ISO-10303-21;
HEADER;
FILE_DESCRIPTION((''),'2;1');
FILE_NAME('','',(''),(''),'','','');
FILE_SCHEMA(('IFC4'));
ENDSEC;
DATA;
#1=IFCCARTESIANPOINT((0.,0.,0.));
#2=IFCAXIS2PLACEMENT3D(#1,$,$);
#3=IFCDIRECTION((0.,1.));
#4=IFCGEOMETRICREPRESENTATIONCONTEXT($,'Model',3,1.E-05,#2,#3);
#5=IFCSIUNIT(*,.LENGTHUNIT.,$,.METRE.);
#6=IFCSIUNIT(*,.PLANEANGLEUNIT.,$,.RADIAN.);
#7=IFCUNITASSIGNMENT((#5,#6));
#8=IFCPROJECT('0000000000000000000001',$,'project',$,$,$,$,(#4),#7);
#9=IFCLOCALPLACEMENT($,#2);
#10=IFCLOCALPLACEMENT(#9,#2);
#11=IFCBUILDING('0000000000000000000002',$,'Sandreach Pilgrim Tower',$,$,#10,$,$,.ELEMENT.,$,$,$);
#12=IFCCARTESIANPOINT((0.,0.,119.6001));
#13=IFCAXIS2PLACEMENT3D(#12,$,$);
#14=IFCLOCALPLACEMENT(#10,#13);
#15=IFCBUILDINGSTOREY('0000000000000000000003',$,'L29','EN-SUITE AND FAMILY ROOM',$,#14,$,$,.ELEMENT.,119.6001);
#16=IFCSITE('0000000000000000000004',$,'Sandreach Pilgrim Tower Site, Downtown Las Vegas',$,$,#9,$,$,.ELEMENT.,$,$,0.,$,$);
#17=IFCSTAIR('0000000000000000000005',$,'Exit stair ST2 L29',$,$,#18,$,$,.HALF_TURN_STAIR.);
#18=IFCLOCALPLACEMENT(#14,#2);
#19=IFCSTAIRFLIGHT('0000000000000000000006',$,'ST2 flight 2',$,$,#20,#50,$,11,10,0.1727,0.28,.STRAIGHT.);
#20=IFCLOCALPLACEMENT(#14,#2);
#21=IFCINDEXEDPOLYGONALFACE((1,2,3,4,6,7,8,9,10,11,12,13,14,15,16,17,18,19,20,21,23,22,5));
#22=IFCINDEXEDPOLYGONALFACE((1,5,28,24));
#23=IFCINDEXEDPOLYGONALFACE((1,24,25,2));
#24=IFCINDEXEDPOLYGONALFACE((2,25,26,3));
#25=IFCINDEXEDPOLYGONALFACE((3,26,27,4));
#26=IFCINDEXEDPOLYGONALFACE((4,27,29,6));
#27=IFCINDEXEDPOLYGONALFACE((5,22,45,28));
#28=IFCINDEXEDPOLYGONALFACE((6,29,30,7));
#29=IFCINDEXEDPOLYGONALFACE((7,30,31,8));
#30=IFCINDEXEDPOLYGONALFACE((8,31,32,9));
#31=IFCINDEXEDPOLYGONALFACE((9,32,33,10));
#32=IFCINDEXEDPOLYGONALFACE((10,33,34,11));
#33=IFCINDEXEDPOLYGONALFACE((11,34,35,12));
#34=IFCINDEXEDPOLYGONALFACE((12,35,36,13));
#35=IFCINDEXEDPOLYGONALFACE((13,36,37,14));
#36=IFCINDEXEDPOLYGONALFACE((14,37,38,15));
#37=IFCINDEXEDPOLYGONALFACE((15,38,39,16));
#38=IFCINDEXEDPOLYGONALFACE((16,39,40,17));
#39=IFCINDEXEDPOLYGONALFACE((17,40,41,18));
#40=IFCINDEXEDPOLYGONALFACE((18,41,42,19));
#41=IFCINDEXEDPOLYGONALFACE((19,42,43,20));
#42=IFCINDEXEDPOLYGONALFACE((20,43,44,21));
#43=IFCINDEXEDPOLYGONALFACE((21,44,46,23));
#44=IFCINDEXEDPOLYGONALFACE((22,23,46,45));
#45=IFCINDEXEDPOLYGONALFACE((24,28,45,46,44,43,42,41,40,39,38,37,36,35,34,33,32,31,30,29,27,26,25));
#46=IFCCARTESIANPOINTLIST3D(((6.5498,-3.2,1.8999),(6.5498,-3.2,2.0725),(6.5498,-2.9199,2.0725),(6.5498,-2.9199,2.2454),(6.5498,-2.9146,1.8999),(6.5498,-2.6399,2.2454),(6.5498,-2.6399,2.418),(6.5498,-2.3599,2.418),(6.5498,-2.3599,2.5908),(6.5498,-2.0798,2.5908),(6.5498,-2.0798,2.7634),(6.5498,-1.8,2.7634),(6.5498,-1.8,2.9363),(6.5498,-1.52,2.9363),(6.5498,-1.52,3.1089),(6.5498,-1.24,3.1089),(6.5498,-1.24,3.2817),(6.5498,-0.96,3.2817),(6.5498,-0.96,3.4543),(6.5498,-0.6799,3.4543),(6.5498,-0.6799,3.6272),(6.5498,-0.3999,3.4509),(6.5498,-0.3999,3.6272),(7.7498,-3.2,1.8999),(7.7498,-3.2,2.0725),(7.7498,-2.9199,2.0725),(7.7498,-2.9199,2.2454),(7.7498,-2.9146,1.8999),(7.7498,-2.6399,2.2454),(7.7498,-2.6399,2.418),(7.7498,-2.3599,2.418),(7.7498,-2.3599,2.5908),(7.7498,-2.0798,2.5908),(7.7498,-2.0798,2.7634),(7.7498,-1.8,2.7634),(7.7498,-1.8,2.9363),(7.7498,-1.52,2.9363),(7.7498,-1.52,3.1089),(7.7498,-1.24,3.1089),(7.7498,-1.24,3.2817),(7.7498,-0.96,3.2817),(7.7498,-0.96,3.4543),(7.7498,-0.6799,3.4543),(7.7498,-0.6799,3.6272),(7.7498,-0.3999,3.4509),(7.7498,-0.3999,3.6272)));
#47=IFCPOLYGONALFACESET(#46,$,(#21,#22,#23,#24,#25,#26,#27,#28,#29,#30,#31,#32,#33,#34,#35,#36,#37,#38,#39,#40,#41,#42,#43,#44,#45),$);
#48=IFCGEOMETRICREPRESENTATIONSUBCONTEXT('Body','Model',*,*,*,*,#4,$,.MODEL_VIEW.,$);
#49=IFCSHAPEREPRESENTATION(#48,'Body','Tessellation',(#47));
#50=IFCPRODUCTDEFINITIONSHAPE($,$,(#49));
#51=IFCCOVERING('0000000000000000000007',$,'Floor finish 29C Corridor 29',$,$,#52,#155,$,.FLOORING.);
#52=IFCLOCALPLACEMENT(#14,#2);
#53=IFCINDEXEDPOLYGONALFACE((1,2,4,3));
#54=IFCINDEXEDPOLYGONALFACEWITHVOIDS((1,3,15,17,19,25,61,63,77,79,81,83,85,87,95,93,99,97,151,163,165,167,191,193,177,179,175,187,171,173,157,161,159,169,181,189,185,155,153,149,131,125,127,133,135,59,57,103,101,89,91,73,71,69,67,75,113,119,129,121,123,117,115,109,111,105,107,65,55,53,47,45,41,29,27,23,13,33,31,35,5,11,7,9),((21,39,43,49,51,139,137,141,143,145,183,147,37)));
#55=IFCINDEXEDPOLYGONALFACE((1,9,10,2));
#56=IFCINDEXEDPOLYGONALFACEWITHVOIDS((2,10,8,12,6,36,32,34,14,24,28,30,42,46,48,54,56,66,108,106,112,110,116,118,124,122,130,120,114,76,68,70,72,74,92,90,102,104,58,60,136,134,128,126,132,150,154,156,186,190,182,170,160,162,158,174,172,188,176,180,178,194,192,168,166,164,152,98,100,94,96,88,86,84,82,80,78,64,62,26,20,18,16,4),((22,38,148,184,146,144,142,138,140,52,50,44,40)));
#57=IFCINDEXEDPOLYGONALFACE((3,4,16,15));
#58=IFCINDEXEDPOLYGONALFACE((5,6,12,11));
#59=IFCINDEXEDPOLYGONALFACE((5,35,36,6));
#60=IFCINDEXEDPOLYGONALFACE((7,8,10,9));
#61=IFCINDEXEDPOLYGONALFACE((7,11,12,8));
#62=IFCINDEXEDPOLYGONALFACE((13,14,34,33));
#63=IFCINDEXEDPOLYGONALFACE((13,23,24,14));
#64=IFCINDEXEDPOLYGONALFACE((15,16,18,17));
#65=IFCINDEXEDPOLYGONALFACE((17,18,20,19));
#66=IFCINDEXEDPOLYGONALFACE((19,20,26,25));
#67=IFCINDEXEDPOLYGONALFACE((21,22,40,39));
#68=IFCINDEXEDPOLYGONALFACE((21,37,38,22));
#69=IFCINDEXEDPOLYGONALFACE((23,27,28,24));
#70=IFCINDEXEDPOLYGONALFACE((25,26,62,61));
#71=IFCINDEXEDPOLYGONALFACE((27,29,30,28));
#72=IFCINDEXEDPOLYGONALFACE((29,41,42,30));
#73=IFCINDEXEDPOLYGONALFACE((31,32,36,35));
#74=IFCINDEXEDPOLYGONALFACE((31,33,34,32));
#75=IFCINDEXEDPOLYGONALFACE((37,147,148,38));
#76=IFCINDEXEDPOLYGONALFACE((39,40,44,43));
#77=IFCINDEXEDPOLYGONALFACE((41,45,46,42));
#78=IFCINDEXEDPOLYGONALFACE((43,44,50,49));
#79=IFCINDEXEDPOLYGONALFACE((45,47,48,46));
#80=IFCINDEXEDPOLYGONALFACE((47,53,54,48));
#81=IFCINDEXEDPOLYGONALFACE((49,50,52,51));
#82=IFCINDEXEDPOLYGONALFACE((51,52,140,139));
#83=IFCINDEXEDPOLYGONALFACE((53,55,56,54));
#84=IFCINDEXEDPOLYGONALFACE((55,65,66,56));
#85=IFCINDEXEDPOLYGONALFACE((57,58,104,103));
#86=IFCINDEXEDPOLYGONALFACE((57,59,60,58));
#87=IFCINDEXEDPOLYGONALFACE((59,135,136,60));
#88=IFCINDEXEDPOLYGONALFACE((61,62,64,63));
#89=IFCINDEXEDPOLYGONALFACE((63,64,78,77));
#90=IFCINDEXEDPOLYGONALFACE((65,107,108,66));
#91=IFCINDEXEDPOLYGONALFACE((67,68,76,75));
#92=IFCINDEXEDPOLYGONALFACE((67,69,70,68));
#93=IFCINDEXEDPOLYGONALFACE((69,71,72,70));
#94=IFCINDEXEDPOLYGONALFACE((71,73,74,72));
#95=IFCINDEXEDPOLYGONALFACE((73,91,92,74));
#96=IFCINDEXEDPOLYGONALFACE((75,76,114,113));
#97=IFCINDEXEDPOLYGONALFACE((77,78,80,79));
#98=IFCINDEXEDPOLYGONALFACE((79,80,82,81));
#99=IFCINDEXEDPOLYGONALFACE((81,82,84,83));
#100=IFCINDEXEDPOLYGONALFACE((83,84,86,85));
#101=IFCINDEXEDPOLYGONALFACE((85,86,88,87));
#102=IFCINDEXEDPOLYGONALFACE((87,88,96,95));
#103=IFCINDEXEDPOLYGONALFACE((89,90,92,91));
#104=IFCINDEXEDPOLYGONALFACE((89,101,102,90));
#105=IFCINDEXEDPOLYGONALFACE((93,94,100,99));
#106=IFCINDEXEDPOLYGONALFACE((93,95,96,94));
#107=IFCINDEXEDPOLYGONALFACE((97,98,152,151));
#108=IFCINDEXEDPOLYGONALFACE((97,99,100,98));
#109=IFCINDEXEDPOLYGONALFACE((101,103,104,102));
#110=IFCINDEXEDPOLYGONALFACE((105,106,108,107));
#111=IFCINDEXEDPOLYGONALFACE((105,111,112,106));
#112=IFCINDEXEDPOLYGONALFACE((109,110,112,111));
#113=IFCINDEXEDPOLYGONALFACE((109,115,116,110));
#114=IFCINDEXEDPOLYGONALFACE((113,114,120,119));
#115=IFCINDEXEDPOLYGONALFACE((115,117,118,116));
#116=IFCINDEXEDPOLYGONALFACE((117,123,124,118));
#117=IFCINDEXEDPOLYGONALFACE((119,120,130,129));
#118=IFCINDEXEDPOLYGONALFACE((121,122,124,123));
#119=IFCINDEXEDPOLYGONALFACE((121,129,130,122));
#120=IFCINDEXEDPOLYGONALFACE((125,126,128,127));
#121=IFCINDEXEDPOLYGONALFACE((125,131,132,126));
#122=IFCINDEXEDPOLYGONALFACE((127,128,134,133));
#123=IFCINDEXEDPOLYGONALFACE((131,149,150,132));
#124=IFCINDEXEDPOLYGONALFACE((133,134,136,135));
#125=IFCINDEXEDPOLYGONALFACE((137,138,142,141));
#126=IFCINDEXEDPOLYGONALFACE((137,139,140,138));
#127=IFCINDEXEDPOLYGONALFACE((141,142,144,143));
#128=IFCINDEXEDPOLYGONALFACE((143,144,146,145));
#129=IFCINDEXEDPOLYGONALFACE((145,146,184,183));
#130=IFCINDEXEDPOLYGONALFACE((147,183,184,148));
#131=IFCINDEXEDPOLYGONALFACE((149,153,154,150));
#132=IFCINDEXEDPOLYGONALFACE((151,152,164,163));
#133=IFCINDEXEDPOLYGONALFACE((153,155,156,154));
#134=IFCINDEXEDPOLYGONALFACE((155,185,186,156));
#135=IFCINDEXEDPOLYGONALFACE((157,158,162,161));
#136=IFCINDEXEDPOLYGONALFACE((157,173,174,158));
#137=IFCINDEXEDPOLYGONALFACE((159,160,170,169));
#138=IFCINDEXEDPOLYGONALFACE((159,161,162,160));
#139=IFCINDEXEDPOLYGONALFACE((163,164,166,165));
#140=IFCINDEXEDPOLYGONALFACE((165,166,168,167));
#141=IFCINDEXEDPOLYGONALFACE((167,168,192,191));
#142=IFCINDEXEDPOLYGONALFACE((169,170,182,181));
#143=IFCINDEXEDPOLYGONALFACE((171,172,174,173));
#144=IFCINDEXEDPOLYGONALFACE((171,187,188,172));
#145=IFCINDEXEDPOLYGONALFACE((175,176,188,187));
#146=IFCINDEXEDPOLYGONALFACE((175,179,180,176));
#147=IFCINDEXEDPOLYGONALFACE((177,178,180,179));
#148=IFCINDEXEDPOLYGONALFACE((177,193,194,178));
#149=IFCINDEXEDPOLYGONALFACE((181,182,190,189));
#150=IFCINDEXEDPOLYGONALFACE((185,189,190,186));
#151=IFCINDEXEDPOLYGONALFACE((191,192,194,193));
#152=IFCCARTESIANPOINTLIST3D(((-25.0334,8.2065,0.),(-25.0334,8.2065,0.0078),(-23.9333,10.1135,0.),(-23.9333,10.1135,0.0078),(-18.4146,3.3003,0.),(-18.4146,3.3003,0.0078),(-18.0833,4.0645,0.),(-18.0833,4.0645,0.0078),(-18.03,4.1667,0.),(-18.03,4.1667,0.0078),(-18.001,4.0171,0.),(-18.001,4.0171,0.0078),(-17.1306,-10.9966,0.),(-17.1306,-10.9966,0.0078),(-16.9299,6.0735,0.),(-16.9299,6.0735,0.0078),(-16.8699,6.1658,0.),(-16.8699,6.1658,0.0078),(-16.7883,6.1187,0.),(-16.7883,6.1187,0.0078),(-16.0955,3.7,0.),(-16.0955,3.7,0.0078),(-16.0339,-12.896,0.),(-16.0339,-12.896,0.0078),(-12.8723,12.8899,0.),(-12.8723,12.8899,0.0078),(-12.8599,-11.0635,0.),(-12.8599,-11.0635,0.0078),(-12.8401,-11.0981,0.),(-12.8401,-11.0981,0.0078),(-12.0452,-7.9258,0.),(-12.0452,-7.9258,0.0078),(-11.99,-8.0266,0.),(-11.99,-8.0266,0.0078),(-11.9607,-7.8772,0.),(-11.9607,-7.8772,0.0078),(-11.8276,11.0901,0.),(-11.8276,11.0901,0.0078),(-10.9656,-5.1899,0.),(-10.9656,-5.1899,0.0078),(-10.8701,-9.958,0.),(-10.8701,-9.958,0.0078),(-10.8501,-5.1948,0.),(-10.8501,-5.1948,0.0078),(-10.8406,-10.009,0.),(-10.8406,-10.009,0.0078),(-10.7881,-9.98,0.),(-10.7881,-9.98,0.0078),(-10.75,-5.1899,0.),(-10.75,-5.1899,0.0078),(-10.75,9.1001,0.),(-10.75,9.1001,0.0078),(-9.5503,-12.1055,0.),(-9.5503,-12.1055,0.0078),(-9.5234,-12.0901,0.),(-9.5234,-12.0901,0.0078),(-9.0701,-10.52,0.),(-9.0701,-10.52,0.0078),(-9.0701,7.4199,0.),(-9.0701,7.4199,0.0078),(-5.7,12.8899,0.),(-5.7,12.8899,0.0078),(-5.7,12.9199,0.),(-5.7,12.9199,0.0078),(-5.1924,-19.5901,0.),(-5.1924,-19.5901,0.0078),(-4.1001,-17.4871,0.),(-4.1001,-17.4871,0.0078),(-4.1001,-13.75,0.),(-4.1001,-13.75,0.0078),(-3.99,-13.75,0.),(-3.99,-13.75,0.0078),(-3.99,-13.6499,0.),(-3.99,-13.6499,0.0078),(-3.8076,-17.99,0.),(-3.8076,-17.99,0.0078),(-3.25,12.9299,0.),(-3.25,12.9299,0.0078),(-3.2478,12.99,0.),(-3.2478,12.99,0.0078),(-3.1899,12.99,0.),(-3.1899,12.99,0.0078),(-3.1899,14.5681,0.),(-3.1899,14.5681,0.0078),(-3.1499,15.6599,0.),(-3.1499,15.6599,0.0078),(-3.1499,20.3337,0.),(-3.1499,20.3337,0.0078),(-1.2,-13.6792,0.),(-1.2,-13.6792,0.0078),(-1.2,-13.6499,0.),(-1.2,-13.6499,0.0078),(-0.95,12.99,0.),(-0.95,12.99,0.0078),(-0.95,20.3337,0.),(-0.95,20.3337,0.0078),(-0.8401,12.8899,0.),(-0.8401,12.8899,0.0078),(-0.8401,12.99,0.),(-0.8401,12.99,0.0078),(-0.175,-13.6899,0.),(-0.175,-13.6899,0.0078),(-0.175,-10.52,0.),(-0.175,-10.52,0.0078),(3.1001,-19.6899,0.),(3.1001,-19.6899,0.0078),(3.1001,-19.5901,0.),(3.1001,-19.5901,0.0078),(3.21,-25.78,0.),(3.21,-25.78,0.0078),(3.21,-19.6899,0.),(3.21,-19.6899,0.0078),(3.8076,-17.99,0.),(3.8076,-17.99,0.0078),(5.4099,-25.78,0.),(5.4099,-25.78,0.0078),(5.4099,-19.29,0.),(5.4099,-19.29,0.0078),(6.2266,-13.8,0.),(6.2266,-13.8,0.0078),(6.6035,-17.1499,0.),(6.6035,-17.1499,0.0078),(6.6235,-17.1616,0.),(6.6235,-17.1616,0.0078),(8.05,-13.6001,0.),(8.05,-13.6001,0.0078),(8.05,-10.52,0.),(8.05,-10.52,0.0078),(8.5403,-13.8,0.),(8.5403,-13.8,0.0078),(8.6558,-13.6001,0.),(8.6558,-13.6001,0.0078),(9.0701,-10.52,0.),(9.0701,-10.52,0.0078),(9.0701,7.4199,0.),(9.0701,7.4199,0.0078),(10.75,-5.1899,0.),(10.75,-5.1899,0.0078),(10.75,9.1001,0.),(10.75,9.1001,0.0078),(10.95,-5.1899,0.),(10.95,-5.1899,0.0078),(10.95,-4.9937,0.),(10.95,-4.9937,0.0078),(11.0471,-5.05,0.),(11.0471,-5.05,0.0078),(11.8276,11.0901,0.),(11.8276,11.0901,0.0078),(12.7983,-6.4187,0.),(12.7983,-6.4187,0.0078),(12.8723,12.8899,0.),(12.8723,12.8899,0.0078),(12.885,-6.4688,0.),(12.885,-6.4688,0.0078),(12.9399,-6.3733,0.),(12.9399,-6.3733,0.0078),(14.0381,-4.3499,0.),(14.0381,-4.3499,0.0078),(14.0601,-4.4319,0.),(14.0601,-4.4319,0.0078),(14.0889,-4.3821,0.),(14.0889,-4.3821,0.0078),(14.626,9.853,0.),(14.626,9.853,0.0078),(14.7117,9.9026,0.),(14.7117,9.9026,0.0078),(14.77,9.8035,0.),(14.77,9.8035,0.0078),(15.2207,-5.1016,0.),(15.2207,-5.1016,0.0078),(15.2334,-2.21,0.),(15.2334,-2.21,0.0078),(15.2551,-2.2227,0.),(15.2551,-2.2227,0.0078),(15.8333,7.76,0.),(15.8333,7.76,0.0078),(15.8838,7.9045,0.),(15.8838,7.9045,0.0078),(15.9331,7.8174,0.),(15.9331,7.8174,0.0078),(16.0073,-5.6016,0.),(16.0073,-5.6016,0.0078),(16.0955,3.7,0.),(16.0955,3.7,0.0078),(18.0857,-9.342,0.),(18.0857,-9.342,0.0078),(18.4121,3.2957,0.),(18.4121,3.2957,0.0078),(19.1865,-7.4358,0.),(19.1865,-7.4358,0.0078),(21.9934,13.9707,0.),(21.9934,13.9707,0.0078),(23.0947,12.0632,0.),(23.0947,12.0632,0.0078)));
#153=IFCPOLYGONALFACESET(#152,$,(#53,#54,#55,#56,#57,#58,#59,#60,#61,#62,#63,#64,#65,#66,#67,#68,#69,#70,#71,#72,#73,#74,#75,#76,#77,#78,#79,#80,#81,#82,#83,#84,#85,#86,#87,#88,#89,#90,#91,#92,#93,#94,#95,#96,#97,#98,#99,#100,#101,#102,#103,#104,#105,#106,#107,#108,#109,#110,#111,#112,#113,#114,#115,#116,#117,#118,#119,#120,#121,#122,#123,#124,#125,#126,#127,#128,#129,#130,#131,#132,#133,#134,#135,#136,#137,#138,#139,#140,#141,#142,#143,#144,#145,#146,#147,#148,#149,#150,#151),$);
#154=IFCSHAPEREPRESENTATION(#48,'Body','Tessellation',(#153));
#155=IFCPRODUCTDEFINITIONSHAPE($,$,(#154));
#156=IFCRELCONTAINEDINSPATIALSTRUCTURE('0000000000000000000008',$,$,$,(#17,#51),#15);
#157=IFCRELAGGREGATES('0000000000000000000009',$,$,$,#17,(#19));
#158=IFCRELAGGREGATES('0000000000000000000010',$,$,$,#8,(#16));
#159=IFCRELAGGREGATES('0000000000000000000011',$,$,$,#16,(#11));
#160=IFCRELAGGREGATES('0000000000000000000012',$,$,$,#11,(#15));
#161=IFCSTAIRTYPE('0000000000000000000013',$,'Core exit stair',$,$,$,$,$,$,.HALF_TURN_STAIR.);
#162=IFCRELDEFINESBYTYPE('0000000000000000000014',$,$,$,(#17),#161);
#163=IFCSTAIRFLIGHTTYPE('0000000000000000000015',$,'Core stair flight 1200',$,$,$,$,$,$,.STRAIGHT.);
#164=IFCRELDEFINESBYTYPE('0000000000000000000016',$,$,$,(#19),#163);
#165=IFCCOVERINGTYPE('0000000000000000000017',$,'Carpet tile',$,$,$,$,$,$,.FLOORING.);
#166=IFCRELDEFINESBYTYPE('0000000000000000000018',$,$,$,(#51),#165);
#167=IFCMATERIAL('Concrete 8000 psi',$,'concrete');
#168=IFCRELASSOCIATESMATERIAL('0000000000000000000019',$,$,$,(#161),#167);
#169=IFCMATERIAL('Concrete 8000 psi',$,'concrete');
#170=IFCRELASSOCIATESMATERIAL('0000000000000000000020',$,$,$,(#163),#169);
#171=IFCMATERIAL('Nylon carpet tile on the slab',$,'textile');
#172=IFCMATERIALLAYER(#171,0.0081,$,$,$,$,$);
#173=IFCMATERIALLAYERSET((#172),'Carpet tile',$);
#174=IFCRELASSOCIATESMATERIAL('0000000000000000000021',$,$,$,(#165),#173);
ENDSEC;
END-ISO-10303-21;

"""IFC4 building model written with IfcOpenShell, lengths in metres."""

from ifc_helpers import new_model, si_unit, direction, frame, origin, place, context, subcontext, project, spatial, polyline, outline, extrude, material, layer, layer_set, type_object, element, aggregate, save


model = new_model("IFC4")

# Units and contexts
model_context = context("Model", 3, precision=1e-05, world=origin(), true_north=direction((0.0, 1.0)))
body_context = subcontext(model_context, "Body", "Model", "MODEL_VIEW")
ifc_project = project(units=[si_unit("LENGTHUNIT", "METRE"), si_unit("PLANEANGLEUNIT", "RADIAN")], contexts=[model_context])

# Site, building, storey
site_placement = place(None, origin())
site = spatial("IfcSite", under=ifc_project, at=site_placement, Name="Sandreach Pilgrim Tower Site, Downtown Las Vegas", CompositionType="ELEMENT", RefElevation=0.0)
building_placement = place(site_placement, origin())
building = spatial("IfcBuilding", under=site, at=building_placement, Name="Sandreach Pilgrim Tower", CompositionType="ELEMENT")
storey_placement = place(building_placement, frame((0.0, 0.0, 119.6001)))
storey = spatial("IfcBuildingStorey", under=building, at=storey_placement, Name="L29", Description="EN-SUITE AND FAMILY ROOM", CompositionType="ELEMENT", Elevation=119.6001)

# Stair
ifc_material_1 = material(Name="Concrete 8000 psi", Category="concrete")
stair_type = type_object("IfcStairType", Name="Core exit stair", PredefinedType="HALF_TURN_STAIR", material=ifc_material_1)
stair_1_placement = place(storey_placement, origin())
stair_1 = element("IfcStair", 1, at=stair_1_placement, inside=storey, type_object=stair_type, Name="Exit stair ST2 L29", PredefinedType="HALF_TURN_STAIR")

# Stair flight
ifc_material_2 = material(Name="Concrete 8000 psi", Category="concrete")
stair_flight_type = type_object("IfcStairFlightType", Name="Core stair flight 1200", PredefinedType="STRAIGHT", material=ifc_material_2)
stair_flight_1_placement = place(storey_placement, frame((7.1499, -3.2, 1.8999), z_axis=(0.0, 0.0, 1.0), x_axis=(0.0, 1.0, 0.0)))
stair_flight_1 = element("IfcStairFlight", 2, at=stair_flight_1_placement, type_object=stair_flight_type, Name="ST2 flight 2", NumberOfRisers=11, NumberOfTreads=10, PredefinedType="STRAIGHT", RiserHeight=0.1727, TreadLength=0.28, context=body_context, shape_type="SweptSolid", body=[
    extrude(outline(polyline([(0.0, 0.0), (0.0, 0.1726), (0.28, 0.1726), (0.28, 0.3455), (0.5601, 0.3455), (0.5601, 0.5181), (0.8401, 0.5181), (0.8401, 0.6909), (1.1201, 0.6909), (1.1201, 0.8635), (1.3999, 0.8635), (1.3999, 1.0364), (1.6799, 1.0364), (1.6799, 1.209), (1.96, 1.209), (1.96, 1.3818), (2.24, 1.3818), (2.24, 1.5544), (2.52, 1.5544), (2.52, 1.7273), (2.8, 1.7273), (2.8, 1.8999), (2.8, 1.551), (0.2854, 0.0), (0.0, 0.0)])), frame((0.0, 0.6001, 0.0), z_axis=(0.0, -1.0, 0.0), x_axis=(1.0, 0.0, 0.0)), (0.0, 0.0, 1.0), 1.2),
])
aggregate(stair_1, [stair_flight_1])

# Covering
ifc_material_3 = material(Name="Nylon carpet tile on the slab", Category="textile")
ifc_layer_1 = layer(ifc_material_3, 0.0081)
ifc_layer_set_1 = layer_set([ifc_layer_1], Name="Carpet tile")
covering_type_1 = type_object("IfcCoveringType", Name="Carpet tile", PredefinedType="FLOORING", material=ifc_layer_set_1)
covering_1_placement = place(storey_placement, origin())
element("IfcCovering", 3, at=covering_1_placement, inside=storey, type_object=covering_type_1, Name="Floor finish 29C Corridor 29", PredefinedType="FLOORING", context=body_context, shape_type="SweptSolid", body=[
    extrude(outline(polyline([(-16.9299, 6.0735), (-16.8699, 6.1658), (-16.7883, 6.1187), (-12.8723, 12.8899), (-5.7, 12.8899), (-5.7, 12.9199), (-3.25, 12.9299), (-3.2478, 12.99), (-3.1899, 12.99), (-3.1899, 14.5681), (-3.1499, 15.6599), (-3.1499, 20.3337), (-0.95, 20.3337), (-0.95, 12.99), (-0.8401, 12.99), (-0.8401, 12.8899), (12.8723, 12.8899), (14.626, 9.853), (14.7117, 9.9026), (14.77, 9.8035), (21.9934, 13.9707), (23.0947, 12.0632), (15.8838, 7.9045), (15.9331, 7.8174), (15.8333, 7.76), (18.4121, 3.2957), (15.2334, -2.21), (15.2551, -2.2227), (14.0381, -4.3499), (14.0889, -4.3821), (14.0601, -4.4319), (15.2207, -5.1016), (16.0073, -5.6016), (19.1865, -7.4358), (18.0857, -9.342), (12.9399, -6.3733), (12.885, -6.4688), (12.7983, -6.4187), (8.6558, -13.6001), (8.05, -13.6001), (8.05, -10.52), (9.0701, -10.52), (9.0701, 7.4199), (-9.0701, 7.4199), (-9.0701, -10.52), (-0.175, -10.52), (-0.175, -13.6899), (-1.2, -13.6792), (-1.2, -13.6499), (-3.99, -13.6499), (-3.99, -13.75), (-4.1001, -13.75), (-4.1001, -17.4871), (-3.8076, -17.99), (3.8076, -17.99), (6.2266, -13.8), (8.5403, -13.8), (6.6035, -17.1499), (6.6235, -17.1616), (5.4099, -19.29), (5.4099, -25.78), (3.21, -25.78), (3.21, -19.6899), (3.1001, -19.6899), (3.1001, -19.5901), (-5.1924, -19.5901), (-9.5234, -12.0901), (-9.5503, -12.1055), (-10.7881, -9.98), (-10.8406, -10.009), (-10.8701, -9.958), (-12.8401, -11.0981), (-12.8599, -11.0635), (-16.0339, -12.896), (-17.1306, -10.9966), (-11.99, -8.0266), (-12.0452, -7.9258), (-11.9607, -7.8772), (-18.4146, 3.3003), (-18.001, 4.0171), (-18.0833, 4.0645), (-18.03, 4.1667), (-25.0334, 8.2065), (-23.9333, 10.1135), (-16.9299, 6.0735)]), holes=[polyline([(-16.0955, 3.7), (-10.9656, -5.1899), (-10.8501, -5.1948), (-10.75, -5.1899), (-10.75, 9.1001), (10.75, 9.1001), (10.75, -5.1899), (10.95, -5.1899), (10.95, -4.9937), (11.0471, -5.05), (16.0955, 3.7), (11.8276, 11.0901), (-11.8276, 11.0901), (-16.0955, 3.7)])]), origin(), (0.0, 0.0, 1.0), 0.0078),
])

save(model, "model.ifc")
